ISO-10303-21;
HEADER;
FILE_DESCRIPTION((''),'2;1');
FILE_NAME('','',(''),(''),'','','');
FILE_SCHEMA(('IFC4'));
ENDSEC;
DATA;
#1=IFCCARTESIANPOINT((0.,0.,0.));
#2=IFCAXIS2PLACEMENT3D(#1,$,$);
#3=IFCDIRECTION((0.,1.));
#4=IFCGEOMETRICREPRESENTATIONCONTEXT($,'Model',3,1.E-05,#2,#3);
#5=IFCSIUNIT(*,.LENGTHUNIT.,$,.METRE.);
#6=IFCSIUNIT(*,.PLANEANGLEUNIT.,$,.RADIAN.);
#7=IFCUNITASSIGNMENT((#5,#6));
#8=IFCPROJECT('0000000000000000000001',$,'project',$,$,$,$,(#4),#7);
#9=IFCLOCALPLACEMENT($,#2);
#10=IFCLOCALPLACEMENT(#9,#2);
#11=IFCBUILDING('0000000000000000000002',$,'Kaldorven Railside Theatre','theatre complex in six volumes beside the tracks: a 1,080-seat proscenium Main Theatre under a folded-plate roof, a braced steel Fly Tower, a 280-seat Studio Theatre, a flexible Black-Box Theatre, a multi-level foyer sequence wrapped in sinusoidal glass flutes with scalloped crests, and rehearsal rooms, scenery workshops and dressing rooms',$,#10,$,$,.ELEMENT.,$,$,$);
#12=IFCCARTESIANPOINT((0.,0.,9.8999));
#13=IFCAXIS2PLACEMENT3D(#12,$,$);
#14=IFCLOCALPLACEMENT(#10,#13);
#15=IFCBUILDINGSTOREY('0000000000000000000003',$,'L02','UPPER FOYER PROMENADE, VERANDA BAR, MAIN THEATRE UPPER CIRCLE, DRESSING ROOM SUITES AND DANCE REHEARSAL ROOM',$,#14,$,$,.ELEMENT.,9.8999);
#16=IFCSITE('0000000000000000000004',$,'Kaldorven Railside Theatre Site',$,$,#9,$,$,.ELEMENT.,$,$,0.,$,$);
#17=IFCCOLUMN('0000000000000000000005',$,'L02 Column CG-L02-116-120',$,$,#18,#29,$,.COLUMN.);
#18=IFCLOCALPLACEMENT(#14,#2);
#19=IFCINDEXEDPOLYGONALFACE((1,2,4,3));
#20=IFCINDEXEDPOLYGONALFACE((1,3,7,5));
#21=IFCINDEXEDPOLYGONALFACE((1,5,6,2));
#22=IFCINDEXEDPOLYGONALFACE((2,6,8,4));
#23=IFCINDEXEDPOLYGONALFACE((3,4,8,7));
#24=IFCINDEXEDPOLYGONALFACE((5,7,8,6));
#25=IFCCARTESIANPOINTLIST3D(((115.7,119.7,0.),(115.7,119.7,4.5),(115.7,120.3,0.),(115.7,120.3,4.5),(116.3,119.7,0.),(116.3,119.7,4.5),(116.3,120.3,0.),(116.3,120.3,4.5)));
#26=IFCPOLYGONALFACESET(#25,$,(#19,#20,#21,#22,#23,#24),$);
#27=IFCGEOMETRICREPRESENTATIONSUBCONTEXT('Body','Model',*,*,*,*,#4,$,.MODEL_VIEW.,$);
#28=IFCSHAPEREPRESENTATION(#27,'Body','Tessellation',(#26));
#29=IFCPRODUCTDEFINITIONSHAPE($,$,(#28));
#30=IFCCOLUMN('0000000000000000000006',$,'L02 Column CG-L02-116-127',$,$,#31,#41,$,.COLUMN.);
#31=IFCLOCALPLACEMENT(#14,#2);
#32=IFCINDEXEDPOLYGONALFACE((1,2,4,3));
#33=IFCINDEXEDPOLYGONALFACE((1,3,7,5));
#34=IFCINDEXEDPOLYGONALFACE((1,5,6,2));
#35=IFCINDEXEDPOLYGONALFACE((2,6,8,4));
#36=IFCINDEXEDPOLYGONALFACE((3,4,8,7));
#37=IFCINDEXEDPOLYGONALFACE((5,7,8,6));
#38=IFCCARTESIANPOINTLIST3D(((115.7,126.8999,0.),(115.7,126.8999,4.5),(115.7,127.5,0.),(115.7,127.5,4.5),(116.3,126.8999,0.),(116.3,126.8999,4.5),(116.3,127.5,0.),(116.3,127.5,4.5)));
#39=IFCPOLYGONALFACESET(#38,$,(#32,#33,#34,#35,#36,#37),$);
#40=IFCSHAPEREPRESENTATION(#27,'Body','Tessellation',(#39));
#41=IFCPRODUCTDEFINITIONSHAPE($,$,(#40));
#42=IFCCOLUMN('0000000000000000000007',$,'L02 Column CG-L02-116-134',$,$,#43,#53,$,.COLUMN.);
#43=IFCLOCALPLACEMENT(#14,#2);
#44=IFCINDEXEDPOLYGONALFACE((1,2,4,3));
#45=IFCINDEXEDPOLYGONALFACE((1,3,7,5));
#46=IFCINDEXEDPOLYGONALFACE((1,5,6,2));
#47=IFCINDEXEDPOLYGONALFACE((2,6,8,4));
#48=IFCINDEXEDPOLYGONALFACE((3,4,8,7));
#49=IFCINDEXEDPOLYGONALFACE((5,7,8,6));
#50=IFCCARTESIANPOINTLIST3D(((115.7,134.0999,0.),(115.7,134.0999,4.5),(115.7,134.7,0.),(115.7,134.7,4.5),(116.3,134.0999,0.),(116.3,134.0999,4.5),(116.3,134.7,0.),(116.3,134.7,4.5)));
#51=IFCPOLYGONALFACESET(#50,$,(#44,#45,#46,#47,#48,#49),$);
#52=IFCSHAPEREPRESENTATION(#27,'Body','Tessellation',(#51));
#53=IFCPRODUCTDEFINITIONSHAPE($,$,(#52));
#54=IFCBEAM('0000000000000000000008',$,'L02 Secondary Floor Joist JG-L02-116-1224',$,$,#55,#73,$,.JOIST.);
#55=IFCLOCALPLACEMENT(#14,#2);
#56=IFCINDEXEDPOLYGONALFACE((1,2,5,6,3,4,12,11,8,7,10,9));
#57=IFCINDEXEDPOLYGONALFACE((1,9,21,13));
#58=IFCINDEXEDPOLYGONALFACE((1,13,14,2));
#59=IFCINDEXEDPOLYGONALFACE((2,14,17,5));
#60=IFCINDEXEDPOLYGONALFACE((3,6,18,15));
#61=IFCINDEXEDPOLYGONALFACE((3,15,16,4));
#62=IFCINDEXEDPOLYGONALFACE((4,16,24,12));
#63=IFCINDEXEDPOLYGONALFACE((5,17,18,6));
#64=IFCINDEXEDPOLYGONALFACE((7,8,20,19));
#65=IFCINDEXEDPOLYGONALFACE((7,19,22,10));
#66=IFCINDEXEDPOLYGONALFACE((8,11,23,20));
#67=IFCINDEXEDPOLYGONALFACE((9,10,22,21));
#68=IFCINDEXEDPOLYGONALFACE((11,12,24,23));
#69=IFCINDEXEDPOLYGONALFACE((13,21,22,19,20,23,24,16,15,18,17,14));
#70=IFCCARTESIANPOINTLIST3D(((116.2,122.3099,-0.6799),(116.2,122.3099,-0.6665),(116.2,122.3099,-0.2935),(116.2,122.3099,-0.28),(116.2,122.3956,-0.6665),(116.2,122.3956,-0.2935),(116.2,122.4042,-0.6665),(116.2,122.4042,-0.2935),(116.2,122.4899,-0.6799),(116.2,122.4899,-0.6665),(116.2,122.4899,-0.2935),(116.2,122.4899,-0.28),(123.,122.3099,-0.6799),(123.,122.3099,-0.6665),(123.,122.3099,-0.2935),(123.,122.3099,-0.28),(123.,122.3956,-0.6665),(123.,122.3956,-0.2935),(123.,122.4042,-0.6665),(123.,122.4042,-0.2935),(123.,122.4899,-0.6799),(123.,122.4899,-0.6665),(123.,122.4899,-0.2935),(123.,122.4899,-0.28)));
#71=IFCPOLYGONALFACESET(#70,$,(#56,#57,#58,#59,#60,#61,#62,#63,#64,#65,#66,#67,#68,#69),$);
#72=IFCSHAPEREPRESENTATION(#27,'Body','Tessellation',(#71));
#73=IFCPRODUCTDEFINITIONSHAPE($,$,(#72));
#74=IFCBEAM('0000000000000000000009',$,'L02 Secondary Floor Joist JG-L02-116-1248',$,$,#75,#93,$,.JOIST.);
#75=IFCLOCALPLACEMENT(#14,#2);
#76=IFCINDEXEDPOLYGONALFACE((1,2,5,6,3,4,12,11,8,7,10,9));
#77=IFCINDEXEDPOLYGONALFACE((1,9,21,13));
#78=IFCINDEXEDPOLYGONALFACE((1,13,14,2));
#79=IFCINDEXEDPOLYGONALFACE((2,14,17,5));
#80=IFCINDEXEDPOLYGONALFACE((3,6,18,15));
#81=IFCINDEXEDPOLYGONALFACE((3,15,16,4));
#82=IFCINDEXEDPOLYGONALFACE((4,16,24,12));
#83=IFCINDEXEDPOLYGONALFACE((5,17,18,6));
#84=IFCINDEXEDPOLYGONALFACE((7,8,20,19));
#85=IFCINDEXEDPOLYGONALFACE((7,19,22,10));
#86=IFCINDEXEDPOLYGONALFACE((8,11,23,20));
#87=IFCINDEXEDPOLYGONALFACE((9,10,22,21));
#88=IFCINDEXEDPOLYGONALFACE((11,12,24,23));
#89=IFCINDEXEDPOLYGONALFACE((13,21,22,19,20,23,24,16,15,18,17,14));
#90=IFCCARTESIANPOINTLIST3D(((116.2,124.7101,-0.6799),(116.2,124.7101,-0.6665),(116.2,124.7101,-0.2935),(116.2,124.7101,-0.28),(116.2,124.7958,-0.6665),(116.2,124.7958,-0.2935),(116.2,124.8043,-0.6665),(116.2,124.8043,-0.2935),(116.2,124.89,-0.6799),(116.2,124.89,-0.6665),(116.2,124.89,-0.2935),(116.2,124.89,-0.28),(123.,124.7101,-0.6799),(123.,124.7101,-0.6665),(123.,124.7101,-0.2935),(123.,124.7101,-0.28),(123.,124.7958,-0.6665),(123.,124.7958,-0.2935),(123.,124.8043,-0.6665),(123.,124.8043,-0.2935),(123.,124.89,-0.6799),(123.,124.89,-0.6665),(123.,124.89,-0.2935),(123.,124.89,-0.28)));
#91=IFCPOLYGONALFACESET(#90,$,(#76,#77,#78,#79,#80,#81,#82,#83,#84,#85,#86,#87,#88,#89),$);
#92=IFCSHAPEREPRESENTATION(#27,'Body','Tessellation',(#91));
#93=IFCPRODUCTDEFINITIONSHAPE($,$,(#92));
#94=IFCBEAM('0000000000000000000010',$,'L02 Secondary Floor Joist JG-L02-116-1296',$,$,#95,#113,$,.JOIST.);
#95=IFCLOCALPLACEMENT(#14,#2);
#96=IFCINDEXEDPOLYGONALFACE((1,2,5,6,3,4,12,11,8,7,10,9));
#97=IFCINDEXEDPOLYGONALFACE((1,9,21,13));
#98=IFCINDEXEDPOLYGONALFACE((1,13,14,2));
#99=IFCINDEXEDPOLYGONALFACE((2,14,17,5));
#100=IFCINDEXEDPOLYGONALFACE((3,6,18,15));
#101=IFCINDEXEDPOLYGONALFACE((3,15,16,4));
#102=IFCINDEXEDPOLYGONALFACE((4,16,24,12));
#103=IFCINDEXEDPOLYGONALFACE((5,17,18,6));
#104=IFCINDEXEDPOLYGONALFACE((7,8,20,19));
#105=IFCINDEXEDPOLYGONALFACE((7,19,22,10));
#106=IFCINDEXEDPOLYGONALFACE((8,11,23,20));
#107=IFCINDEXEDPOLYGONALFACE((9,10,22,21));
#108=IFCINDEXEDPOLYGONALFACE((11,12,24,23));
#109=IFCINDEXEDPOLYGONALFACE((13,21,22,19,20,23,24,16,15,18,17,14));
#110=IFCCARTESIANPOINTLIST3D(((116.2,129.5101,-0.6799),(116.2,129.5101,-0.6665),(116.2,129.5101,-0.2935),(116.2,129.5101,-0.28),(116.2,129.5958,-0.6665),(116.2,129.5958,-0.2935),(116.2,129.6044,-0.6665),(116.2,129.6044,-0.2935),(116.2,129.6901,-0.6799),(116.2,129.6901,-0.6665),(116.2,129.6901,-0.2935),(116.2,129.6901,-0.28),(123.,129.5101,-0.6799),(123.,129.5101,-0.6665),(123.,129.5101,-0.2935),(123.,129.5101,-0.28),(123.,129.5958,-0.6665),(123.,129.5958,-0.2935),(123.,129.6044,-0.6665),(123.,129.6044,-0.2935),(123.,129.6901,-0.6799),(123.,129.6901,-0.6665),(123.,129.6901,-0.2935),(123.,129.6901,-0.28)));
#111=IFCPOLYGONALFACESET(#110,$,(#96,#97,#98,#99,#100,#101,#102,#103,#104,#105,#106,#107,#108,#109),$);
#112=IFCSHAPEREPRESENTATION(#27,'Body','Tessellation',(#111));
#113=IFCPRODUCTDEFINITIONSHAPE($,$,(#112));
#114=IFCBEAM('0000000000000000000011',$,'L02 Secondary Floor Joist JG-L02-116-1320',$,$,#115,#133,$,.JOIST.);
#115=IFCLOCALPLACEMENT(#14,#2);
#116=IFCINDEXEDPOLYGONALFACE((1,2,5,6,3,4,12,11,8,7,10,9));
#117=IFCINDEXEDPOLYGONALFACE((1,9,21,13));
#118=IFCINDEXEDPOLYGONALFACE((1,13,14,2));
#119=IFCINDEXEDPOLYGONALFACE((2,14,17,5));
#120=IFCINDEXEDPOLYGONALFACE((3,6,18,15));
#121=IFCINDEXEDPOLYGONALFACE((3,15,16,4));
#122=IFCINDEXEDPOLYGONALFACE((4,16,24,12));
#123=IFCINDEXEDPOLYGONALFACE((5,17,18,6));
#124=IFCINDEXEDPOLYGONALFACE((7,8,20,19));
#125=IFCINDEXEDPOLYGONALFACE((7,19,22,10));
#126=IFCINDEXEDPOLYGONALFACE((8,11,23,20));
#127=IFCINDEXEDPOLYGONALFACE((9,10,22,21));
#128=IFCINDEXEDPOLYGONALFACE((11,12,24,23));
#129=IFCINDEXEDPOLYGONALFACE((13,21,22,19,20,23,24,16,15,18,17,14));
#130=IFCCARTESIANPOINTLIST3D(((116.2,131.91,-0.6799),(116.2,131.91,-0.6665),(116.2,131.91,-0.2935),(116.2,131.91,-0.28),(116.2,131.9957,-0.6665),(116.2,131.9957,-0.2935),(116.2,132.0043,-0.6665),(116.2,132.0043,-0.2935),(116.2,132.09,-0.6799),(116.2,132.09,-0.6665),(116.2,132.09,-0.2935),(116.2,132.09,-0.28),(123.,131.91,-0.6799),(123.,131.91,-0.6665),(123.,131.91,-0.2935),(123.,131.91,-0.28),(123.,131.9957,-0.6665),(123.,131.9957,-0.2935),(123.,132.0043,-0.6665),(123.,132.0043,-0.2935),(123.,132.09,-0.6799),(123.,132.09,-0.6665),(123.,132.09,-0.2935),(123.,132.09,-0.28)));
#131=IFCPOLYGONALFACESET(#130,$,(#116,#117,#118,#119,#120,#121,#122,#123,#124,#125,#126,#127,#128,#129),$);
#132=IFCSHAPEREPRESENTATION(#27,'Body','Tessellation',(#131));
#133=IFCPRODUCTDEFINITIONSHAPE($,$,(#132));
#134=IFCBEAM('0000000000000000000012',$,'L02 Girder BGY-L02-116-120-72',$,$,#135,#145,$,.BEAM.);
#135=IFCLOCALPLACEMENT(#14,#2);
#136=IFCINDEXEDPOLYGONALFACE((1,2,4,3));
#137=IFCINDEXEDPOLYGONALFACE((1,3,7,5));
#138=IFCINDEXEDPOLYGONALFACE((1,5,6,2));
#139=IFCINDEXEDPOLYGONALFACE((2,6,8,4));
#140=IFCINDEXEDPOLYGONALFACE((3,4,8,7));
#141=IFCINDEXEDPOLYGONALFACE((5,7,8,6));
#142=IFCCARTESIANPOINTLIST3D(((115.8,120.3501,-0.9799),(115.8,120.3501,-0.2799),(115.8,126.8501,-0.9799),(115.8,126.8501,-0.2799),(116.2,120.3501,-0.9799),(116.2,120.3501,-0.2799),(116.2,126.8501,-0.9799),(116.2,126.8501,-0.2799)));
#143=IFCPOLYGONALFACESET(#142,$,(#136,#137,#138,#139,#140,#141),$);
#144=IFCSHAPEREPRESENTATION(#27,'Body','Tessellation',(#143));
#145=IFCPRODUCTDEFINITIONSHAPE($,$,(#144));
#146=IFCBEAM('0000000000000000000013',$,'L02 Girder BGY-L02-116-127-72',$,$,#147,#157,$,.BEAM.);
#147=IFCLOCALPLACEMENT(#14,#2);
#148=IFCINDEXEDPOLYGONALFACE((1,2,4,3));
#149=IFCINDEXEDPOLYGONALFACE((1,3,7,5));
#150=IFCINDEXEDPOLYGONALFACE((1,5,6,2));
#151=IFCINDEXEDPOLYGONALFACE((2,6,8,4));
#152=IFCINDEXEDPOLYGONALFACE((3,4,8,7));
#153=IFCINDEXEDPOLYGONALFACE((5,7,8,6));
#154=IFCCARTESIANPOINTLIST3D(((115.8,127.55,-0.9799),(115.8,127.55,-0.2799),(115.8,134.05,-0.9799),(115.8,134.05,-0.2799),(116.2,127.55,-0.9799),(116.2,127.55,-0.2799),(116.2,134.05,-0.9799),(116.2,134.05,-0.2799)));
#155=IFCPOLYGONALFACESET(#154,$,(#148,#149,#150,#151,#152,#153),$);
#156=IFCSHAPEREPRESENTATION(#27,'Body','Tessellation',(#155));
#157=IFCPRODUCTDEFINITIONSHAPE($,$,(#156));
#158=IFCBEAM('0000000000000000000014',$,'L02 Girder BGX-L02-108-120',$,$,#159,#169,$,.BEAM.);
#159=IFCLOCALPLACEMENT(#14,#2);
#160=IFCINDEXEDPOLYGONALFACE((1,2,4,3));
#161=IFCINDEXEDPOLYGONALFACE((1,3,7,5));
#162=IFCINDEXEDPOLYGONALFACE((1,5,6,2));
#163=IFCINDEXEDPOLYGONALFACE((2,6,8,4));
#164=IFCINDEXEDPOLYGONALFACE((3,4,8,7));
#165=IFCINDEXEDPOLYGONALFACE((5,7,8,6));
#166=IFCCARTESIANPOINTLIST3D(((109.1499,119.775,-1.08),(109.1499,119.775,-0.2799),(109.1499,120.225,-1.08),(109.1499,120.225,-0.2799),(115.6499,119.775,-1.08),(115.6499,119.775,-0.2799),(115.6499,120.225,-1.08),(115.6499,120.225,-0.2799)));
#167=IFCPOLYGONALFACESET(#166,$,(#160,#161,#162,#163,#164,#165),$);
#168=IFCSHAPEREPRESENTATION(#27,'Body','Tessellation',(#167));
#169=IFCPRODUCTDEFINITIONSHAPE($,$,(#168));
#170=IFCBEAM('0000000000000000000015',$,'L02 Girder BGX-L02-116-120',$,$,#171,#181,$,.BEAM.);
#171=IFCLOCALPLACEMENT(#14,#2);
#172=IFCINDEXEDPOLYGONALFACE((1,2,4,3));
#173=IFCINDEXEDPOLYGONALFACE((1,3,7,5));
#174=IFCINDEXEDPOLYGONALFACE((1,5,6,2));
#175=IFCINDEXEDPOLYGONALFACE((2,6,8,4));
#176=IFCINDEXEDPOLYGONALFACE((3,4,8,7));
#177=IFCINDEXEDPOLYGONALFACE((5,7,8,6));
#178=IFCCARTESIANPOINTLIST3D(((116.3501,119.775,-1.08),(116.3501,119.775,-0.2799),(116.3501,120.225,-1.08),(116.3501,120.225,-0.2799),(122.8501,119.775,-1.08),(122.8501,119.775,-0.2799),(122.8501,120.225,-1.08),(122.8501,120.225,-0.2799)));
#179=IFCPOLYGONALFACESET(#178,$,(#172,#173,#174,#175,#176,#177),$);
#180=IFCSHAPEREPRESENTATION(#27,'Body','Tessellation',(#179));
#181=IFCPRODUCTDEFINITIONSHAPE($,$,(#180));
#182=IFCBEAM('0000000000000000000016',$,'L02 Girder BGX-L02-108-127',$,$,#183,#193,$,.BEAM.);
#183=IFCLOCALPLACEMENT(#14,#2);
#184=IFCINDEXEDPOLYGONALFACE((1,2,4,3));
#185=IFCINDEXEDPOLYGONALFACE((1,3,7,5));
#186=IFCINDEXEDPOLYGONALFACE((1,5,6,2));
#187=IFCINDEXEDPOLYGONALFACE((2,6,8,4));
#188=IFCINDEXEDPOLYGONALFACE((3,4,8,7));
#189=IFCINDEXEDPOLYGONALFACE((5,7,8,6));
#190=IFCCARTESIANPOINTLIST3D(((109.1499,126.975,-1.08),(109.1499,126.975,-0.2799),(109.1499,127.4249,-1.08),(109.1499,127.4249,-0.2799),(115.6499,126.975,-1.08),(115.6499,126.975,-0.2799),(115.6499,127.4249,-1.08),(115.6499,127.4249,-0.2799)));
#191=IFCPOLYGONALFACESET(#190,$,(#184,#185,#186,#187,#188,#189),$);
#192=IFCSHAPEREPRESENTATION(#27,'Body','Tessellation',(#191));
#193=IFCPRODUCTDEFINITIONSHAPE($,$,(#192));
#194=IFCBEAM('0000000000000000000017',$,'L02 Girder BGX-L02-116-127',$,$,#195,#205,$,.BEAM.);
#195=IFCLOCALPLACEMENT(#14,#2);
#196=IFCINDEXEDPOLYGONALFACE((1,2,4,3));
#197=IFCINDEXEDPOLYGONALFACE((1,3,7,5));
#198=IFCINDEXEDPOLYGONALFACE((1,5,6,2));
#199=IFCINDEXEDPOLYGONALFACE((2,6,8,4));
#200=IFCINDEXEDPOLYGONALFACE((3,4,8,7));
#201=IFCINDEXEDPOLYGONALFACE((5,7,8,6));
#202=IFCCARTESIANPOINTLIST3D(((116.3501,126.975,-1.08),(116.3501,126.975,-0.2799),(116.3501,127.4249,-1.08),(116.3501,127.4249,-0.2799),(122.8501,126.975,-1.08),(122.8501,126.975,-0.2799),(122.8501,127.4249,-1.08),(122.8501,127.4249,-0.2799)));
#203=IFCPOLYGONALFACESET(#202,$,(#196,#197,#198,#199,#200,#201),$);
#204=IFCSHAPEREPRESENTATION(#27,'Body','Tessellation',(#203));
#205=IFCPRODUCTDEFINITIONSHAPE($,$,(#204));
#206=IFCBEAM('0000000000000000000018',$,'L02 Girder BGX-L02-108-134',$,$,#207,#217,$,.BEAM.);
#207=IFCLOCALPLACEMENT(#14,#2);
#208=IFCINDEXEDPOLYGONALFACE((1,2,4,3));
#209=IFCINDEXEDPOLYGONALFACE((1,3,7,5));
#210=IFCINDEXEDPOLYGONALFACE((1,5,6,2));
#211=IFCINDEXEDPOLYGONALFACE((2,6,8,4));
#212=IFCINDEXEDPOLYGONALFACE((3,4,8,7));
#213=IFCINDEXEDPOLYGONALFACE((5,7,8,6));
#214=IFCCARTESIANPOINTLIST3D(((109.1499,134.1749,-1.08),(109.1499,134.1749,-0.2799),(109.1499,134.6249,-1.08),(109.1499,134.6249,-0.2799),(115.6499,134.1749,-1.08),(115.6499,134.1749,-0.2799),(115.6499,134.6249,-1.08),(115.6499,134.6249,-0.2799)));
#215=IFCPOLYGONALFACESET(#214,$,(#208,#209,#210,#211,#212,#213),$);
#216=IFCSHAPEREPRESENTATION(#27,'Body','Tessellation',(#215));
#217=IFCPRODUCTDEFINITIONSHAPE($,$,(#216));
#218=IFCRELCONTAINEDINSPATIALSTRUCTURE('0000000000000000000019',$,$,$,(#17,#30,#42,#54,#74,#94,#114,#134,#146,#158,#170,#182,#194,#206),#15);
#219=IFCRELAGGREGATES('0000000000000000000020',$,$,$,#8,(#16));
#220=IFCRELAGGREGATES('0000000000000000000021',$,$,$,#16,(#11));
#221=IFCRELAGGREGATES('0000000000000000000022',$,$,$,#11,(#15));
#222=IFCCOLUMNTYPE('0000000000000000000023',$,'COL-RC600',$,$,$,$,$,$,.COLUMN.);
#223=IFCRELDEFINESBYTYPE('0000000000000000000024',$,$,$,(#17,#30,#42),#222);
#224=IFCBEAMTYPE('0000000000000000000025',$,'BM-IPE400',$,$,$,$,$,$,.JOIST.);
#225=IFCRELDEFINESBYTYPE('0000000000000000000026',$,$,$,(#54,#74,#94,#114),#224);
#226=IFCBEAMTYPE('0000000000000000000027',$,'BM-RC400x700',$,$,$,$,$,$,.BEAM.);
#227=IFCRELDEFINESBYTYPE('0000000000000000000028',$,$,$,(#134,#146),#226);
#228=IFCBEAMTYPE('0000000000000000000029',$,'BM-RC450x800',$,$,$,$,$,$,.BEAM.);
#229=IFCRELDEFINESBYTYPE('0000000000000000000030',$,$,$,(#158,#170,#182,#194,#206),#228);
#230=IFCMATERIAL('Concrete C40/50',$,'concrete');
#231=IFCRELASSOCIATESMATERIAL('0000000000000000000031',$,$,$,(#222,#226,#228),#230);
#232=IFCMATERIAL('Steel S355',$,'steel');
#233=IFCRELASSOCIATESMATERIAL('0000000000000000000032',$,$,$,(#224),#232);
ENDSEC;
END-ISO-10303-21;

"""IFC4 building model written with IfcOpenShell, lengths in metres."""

from ifc_helpers import new_model, si_unit, direction, frame, origin, origin_2d, place, context, subcontext, project, spatial, rectangle, i_section, extrude, material, material_profile, profile_set, type_object, element, save


model = new_model("IFC4")

# Units and contexts
model_context = context("Model", 3, precision=1e-05, world=origin(), true_north=direction((0.0, 1.0)))
body_context = subcontext(model_context, "Body", "Model", "MODEL_VIEW")
ifc_project = project(units=[si_unit("LENGTHUNIT", "METRE"), si_unit("PLANEANGLEUNIT", "RADIAN")], contexts=[model_context])

# Site, building, storey
site_placement = place(None, origin())
site = spatial("IfcSite", under=ifc_project, at=site_placement, Name="Kaldorven Railside Theatre Site", CompositionType="ELEMENT", RefElevation=0.0)
building_placement = place(site_placement, origin())
building = spatial("IfcBuilding", under=site, at=building_placement, Name="Kaldorven Railside Theatre", Description="theatre complex in six volumes beside the tracks: a 1,080-seat proscenium Main Theatre under a folded-plate roof, a braced steel Fly Tower, a 280-seat Studio Theatre, a flexible Black-Box Theatre, a multi-level foyer sequence wrapped in sinusoidal glass flutes with scalloped crests, and rehearsal rooms, scenery workshops and dressing rooms", CompositionType="ELEMENT")
storey_placement = place(building_placement, frame((0.0, 0.0, 9.8999)))
storey = spatial("IfcBuildingStorey", under=building, at=storey_placement, Name="L02", Description="UPPER FOYER PROMENADE, VERANDA BAR, MAIN THEATRE UPPER CIRCLE, DRESSING ROOM SUITES AND DANCE REHEARSAL ROOM", CompositionType="ELEMENT", Elevation=9.8999)

# Columns
ifc_material_1 = material(Name="Concrete C40/50", Category="concrete")
ifc_material_profile_1 = material_profile(ifc_material_1, rectangle(XDim=0.6001, YDim=0.6001, at=origin_2d()), Name="RC 600x600")
ifc_profile_set_1 = profile_set([ifc_material_profile_1], Name="Concrete C40/50")
column_type = type_object("IfcColumnType", Name="COL-RC600", PredefinedType="COLUMN", material=ifc_profile_set_1)
for number, where, z_axis, x_axis, name in (
    (1, (116.0, 120.0, 0.0), (0.0, 0.0, 1.0), (1.0, 0.0, 0.0), "L02 Column CG-L02-116-120"),
    (2, (116.0, 127.2, 0.0), (0.0, 0.0, 1.0), (0.0, 1.0, 0.0), "L02 Column CG-L02-116-127"),
    (3, (116.0, 134.3999, 0.0), (0.0, 0.0, 1.0), (1.0, 0.0, 0.0), "L02 Column CG-L02-116-134"),
):
    element("IfcColumn", number, at=place(storey_placement, frame(where, z_axis=z_axis, x_axis=x_axis)), inside=storey, type_object=column_type, Name=name, PredefinedType="COLUMN", context=body_context, shape_type="SweptSolid", body=[
        extrude(rectangle(XDim=0.6001, YDim=0.6001, at=origin_2d()), origin(), (0.0, 0.0, 1.0), 4.5),
    ])

# Beams
ifc_material_2 = material(Name="Steel S355", Category="steel")
ifc_material_profile_2 = material_profile(ifc_material_2, i_section(OverallWidth=0.1799, OverallDepth=0.3999, WebThickness=0.0085, FlangeThickness=0.0134, at=origin_2d()), Name="IPE 400")
ifc_profile_set_2 = profile_set([ifc_material_profile_2], Name="Steel S355")
beam_type_1 = type_object("IfcBeamType", Name="BM-IPE400", PredefinedType="JOIST", material=ifc_profile_set_2)
for number, where, z_axis, x_axis, name in (
    (4, (116.2, 122.3999, -0.48), (1.0, 0.0, 0.0), (0.0, 1.0, 0.0), "L02 Secondary Floor Joist JG-L02-116-1224"),
    (5, (116.2, 124.8, -0.48), (1.0, 0.0, 0.0), (0.0, 1.0, 0.0), "L02 Secondary Floor Joist JG-L02-116-1248"),
    (6, (116.2, 129.6001, -0.48), (1.0, 0.0, 0.0), (0.0, 1.0, 0.0), "L02 Secondary Floor Joist JG-L02-116-1296"),
    (7, (116.2, 132.0, -0.48), (1.0, 0.0, 0.0), (0.0, 1.0, 0.0), "L02 Secondary Floor Joist JG-L02-116-1320"),
):
    element("IfcBeam", number, at=place(storey_placement, frame(where, z_axis=z_axis, x_axis=x_axis)), inside=storey, type_object=beam_type_1, Name=name, PredefinedType="JOIST", context=body_context, shape_type="SweptSolid", body=[
        extrude(i_section(OverallWidth=0.1799, OverallDepth=0.3999, WebThickness=0.0085, FlangeThickness=0.0134, at=origin_2d()), origin(), (0.0, 0.0, 1.0), 6.8),
    ])
ifc_material_profile_3 = material_profile(ifc_material_1, rectangle(XDim=0.3999, YDim=0.7, at=origin_2d()), Name="RC 400x700")
ifc_profile_set_3 = profile_set([ifc_material_profile_3], Name="Concrete C40/50")
beam_type_2 = type_object("IfcBeamType", Name="BM-RC400x700", PredefinedType="BEAM", material=ifc_profile_set_3)
for number, where, z_axis, x_axis, name in (
    (8, (116.0, 120.3501, -0.6299), (0.0, 1.0, 0.0), (-1.0, 0.0, 0.0), "L02 Girder BGY-L02-116-120-72"),
    (9, (116.0, 127.55, -0.6299), (0.0, 1.0, 0.0), (-1.0, 0.0, 0.0), "L02 Girder BGY-L02-116-127-72"),
):
    element("IfcBeam", number, at=place(storey_placement, frame(where, z_axis=z_axis, x_axis=x_axis)), inside=storey, type_object=beam_type_2, Name=name, PredefinedType="BEAM", context=body_context, shape_type="SweptSolid", body=[
        extrude(rectangle(XDim=0.3999, YDim=0.7, at=origin_2d()), origin(), (0.0, 0.0, 1.0), 6.5),
    ])
ifc_material_profile_4 = material_profile(ifc_material_1, rectangle(XDim=0.45, YDim=0.8, at=origin_2d()), Name="RC 450x800")
ifc_profile_set_4 = profile_set([ifc_material_profile_4], Name="Concrete C40/50")
beam_type_3 = type_object("IfcBeamType", Name="BM-RC450x800", PredefinedType="BEAM", material=ifc_profile_set_4)
for number, where, z_axis, x_axis, name in (
    (10, (109.1499, 120.0, -0.6799), (1.0, 0.0, 0.0), (0.0, 1.0, 0.0), "L02 Girder BGX-L02-108-120"),
    (11, (116.3501, 120.0, -0.6799), (1.0, 0.0, 0.0), (0.0, 1.0, 0.0), "L02 Girder BGX-L02-116-120"),
    (12, (109.1499, 127.2, -0.6799), (1.0, 0.0, 0.0), (0.0, 1.0, 0.0), "L02 Girder BGX-L02-108-127"),
    (13, (116.3501, 127.2, -0.6799), (1.0, 0.0, 0.0), (0.0, 1.0, 0.0), "L02 Girder BGX-L02-116-127"),
    (14, (109.1499, 134.3999, -0.6799), (1.0, 0.0, 0.0), (0.0, 1.0, 0.0), "L02 Girder BGX-L02-108-134"),
):
    element("IfcBeam", number, at=place(storey_placement, frame(where, z_axis=z_axis, x_axis=x_axis)), inside=storey, type_object=beam_type_3, Name=name, PredefinedType="BEAM", context=body_context, shape_type="SweptSolid", body=[
        extrude(rectangle(XDim=0.45, YDim=0.8, at=origin_2d()), origin(), (0.0, 0.0, 1.0), 6.5),
    ])

save(model, "model.ifc")
